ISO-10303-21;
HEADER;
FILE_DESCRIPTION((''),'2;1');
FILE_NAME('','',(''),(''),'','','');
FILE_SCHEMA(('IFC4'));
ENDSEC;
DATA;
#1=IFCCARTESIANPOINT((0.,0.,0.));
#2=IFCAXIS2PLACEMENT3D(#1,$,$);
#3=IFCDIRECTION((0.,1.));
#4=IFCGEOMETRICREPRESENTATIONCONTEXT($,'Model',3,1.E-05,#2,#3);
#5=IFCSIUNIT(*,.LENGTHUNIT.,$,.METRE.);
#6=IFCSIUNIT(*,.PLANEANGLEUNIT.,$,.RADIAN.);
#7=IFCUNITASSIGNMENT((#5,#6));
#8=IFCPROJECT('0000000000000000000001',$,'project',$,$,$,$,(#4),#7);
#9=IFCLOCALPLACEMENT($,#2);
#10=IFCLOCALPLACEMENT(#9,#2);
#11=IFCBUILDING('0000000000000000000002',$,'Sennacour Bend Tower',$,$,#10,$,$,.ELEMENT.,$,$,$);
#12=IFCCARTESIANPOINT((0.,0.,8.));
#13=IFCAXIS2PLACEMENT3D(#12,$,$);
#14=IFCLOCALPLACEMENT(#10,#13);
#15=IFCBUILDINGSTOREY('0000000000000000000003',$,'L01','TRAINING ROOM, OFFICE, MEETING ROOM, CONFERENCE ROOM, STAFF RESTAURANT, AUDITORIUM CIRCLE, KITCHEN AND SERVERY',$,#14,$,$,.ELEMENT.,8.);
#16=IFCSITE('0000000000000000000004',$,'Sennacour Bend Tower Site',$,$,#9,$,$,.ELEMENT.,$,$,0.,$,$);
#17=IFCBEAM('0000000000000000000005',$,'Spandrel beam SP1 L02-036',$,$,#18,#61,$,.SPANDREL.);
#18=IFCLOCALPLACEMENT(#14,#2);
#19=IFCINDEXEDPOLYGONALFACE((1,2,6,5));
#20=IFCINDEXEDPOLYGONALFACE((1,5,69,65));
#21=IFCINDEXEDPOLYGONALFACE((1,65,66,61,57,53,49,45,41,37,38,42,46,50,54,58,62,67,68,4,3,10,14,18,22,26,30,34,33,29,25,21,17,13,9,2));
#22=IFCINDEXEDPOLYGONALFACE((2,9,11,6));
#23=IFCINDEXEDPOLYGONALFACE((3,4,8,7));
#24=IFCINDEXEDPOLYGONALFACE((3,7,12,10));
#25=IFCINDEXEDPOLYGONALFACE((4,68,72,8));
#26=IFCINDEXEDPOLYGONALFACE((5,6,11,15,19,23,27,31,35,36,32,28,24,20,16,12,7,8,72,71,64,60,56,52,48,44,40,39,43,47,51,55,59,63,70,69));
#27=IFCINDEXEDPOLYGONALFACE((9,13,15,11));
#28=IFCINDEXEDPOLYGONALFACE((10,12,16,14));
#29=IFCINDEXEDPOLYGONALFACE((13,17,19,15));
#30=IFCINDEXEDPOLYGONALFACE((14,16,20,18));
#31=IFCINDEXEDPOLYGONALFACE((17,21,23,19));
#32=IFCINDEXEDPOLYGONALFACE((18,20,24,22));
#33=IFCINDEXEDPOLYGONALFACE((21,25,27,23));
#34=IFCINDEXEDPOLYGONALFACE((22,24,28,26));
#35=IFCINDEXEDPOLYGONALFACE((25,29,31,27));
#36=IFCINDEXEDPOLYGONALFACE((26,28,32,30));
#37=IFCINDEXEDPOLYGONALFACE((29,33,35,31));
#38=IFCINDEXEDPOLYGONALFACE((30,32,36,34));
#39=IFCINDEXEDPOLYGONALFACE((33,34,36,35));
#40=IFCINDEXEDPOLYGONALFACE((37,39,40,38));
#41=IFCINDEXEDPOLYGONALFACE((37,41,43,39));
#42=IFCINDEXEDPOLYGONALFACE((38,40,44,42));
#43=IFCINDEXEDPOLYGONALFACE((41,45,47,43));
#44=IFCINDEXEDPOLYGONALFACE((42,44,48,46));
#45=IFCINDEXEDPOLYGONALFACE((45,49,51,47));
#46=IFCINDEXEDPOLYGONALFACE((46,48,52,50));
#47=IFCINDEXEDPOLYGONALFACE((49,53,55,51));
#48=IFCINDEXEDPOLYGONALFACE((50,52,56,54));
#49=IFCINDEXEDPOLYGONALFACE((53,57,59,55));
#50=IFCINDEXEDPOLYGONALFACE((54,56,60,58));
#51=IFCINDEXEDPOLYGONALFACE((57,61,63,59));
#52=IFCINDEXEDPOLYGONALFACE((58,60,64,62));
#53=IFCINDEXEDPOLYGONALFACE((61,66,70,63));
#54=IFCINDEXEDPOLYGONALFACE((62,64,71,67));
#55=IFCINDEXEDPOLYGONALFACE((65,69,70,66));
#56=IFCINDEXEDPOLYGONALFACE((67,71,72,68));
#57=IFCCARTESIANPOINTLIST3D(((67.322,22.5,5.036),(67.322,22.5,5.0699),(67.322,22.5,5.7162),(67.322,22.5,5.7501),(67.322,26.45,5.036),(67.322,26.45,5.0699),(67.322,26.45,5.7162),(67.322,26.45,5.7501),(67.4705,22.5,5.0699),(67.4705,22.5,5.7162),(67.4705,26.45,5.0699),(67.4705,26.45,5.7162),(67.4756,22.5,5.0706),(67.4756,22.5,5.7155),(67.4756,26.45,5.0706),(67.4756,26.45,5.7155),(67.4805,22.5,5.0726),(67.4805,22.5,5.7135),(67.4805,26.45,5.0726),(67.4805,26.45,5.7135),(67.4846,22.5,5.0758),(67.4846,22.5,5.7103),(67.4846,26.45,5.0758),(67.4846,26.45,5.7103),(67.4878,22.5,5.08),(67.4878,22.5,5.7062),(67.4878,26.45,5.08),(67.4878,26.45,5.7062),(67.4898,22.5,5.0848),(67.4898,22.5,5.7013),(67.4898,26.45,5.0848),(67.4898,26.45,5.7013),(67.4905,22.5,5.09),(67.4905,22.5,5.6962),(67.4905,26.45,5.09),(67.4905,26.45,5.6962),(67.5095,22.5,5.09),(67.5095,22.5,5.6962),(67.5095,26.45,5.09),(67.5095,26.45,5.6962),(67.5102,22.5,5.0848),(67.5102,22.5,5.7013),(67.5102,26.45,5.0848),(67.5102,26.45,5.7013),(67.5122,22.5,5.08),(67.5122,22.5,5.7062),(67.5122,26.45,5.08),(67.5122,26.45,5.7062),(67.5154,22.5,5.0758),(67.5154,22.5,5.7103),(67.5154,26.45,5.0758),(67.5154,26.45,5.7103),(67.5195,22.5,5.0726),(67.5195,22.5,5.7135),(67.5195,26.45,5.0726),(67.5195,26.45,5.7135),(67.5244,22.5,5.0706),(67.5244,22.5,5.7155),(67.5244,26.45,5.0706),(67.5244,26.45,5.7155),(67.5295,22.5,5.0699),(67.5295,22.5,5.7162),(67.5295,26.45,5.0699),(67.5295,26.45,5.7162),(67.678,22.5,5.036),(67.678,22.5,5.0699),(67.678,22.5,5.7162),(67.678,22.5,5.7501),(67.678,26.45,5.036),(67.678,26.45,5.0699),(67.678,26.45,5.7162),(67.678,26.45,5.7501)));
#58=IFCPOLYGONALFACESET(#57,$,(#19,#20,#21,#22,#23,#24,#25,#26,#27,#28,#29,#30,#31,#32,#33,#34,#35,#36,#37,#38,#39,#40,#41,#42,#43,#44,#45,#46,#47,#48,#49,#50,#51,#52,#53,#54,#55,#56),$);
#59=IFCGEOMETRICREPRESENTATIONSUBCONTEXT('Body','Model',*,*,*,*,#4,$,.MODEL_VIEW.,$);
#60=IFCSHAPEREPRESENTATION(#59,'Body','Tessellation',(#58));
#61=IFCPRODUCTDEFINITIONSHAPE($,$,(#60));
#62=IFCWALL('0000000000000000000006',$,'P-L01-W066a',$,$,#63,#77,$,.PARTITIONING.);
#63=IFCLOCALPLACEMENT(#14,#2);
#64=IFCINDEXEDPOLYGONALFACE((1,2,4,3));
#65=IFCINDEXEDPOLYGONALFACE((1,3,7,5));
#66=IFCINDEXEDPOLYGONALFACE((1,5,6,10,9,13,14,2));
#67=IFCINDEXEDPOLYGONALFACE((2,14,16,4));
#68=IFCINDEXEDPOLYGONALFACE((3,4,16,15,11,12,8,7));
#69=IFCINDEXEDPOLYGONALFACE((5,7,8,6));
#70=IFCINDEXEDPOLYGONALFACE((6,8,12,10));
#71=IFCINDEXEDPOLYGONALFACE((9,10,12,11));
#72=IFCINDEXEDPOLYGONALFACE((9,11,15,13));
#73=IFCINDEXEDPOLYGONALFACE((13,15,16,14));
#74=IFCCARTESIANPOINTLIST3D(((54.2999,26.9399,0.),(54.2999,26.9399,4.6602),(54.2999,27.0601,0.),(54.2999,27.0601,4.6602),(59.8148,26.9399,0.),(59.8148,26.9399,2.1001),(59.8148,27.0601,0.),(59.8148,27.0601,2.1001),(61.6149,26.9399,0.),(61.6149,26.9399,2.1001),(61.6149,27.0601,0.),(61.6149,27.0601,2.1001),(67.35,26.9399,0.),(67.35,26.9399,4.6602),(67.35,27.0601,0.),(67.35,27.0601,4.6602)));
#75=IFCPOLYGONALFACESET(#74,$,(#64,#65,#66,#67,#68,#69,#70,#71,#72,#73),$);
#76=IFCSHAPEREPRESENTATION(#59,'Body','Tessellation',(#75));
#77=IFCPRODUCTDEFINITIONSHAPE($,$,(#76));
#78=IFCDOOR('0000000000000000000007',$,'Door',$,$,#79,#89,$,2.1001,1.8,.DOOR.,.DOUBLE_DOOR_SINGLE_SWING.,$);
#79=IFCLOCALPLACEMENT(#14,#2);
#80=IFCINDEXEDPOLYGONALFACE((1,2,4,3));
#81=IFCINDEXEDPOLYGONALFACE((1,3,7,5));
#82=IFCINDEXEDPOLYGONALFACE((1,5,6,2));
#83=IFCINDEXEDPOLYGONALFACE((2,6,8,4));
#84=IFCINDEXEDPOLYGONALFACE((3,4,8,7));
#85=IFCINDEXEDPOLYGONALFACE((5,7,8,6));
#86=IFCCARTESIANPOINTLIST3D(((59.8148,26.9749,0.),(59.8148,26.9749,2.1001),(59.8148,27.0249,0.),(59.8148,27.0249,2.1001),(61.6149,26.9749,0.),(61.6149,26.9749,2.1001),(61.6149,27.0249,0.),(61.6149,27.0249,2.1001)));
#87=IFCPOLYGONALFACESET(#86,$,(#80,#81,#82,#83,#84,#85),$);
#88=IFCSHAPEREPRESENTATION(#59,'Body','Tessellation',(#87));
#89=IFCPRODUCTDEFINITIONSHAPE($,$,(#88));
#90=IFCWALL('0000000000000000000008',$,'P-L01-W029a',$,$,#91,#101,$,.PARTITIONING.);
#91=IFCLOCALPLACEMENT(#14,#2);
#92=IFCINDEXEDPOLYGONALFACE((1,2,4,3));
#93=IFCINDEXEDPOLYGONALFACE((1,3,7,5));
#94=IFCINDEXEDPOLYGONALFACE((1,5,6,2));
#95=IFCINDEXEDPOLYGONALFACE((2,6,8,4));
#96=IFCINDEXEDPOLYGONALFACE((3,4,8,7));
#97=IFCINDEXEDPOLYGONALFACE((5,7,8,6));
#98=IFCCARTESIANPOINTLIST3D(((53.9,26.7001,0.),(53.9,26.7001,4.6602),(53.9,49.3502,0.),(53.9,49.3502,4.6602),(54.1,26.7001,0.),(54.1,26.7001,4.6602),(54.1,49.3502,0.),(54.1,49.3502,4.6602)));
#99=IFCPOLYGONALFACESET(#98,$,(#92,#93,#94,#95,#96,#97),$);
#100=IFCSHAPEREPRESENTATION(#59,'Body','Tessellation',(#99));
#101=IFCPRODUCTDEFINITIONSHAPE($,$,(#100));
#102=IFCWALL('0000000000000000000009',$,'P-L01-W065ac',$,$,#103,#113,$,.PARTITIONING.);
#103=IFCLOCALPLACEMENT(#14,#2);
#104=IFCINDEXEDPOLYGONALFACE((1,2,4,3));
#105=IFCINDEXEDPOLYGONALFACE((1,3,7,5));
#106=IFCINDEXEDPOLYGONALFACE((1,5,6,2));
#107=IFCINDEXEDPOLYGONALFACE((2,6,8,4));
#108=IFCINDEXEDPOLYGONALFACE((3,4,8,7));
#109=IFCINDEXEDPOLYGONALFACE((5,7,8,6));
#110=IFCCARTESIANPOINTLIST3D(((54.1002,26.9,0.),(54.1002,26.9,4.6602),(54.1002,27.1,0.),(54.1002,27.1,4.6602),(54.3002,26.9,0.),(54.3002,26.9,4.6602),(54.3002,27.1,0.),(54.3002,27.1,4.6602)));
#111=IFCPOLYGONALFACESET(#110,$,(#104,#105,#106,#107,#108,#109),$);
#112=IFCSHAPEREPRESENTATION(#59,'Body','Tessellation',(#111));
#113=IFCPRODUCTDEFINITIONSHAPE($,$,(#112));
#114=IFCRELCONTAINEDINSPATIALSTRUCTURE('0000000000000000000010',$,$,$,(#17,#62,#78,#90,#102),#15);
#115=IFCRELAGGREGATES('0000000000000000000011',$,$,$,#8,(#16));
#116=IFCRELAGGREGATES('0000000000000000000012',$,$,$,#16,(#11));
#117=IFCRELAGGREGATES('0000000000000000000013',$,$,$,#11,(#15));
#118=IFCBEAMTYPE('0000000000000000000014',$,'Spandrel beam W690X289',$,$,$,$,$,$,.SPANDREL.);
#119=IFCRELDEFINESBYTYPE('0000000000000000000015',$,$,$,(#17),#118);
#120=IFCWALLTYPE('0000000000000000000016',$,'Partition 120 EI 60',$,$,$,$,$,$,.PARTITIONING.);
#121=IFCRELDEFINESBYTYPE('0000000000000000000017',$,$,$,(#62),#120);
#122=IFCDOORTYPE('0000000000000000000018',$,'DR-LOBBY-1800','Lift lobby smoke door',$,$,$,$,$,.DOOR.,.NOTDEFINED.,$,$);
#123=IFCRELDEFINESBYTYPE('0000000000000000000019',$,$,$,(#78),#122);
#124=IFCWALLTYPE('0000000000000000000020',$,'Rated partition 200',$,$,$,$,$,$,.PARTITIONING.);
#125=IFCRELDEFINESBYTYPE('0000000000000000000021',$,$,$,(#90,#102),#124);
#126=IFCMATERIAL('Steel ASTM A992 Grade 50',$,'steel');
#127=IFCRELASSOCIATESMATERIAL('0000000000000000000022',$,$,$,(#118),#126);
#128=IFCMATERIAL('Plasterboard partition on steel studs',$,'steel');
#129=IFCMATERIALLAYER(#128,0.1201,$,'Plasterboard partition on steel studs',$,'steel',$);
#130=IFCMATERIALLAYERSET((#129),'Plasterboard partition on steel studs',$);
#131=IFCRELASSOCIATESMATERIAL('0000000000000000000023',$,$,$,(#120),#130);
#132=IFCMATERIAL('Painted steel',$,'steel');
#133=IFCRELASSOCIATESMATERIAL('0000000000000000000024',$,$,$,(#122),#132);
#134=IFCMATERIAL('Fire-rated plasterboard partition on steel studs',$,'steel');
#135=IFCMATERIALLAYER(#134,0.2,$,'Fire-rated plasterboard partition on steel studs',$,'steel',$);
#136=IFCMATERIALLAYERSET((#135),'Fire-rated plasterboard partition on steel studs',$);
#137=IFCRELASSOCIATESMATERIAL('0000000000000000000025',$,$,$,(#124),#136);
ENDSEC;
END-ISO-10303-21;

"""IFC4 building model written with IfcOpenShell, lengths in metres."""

from ifc_helpers import new_model, si_unit, direction, frame, frame_2d, origin, origin_2d, place, context, subcontext, project, spatial, rectangle, i_section, extrude, material, layer, layer_set, material_profile, profile_set, type_object, element, fill, save


model = new_model("IFC4")

# Units and contexts
model_context = context("Model", 3, precision=1e-05, world=origin(), true_north=direction((0.0, 1.0)))
body_context = subcontext(model_context, "Body", "Model", "MODEL_VIEW")
ifc_project = project(units=[si_unit("LENGTHUNIT", "METRE"), si_unit("PLANEANGLEUNIT", "RADIAN")], contexts=[model_context])

# Site, building, storey
site_placement = place(None, origin())
site = spatial("IfcSite", under=ifc_project, at=site_placement, Name="Sennacour Bend Tower Site", CompositionType="ELEMENT", RefElevation=0.0)
building_placement = place(site_placement, origin())
building = spatial("IfcBuilding", under=site, at=building_placement, Name="Sennacour Bend Tower", CompositionType="ELEMENT")
storey_placement = place(building_placement, frame((0.0, 0.0, 8.0)))
storey = spatial("IfcBuildingStorey", under=building, at=storey_placement, Name="L01", Description="TRAINING ROOM, OFFICE, MEETING ROOM, CONFERENCE ROOM, STAFF RESTAURANT, AUDITORIUM CIRCLE, KITCHEN AND SERVERY", CompositionType="ELEMENT", Elevation=8.0)

# Beam
ifc_material_1 = material(Name="Steel ASTM A992 Grade 50", Category="steel")
ifc_material_profile_1 = material_profile(ifc_material_1, i_section(OverallWidth=0.356, OverallDepth=0.7141, WebThickness=0.019, FlangeThickness=0.0339, FilletRadius=0.02, at=origin_2d()), Name="Steel ASTM A992 Grade 50", Category="steel")
ifc_profile_set_1 = profile_set([ifc_material_profile_1], Name="Steel ASTM A992 Grade 50")
beam_type_1 = type_object("IfcBeamType", Name="Spandrel beam W690X289", PredefinedType="SPANDREL", material=ifc_profile_set_1)
beam_1_placement = place(storey_placement, frame((67.5, 22.5, 5.3931), z_axis=(0.0, 1.0, 0.0), x_axis=(-1.0, 0.0, 0.0)))
element("IfcBeam", 1, at=beam_1_placement, inside=storey, type_object=beam_type_1, Name="Spandrel beam SP1 L02-036", PredefinedType="SPANDREL", context=body_context, shape_type="SweptSolid", body=[
    extrude(i_section(OverallWidth=0.356, OverallDepth=0.7141, WebThickness=0.019, FlangeThickness=0.0339, FilletRadius=0.02, at=origin_2d()), origin(), (0.0, 0.0, 1.0), 3.95),
])

# Wall, opening, door
ifc_material_2 = material(Name="Plasterboard partition on steel studs", Category="steel")
ifc_layer_1 = layer(ifc_material_2, 0.1201, Name="Plasterboard partition on steel studs", Category="steel")
ifc_layer_set_1 = layer_set([ifc_layer_1], Name="Plasterboard partition on steel studs")
wall_type_1 = type_object("IfcWallType", Name="Partition 120 EI 60", PredefinedType="PARTITIONING", material=ifc_layer_set_1)
wall_1_placement = place(storey_placement, frame((54.3, 27.0, 0.0), z_axis=(0.0, 0.0, 1.0), x_axis=(1.0, 0.0, 0.0)))
wall_1 = element("IfcWall", 2, at=wall_1_placement, inside=storey, type_object=wall_type_1, Name="P-L01-W066a", PredefinedType="PARTITIONING", context=body_context, shape_type="SweptSolid", body=[
    extrude(rectangle(XDim=13.05, YDim=0.1201, at=frame_2d((6.5249, 0.0))), origin(), (0.0, 0.0, 1.0), 4.6602),
])
opening_placement = place(wall_1_placement, frame((5.5149, 0.0, 0.0)))
opening = element("IfcOpeningElement", 3, at=opening_placement, cuts=wall_1, PredefinedType="OPENING", context=body_context, shape_type="SweptSolid", body=[
    extrude(rectangle(XDim=1.8, YDim=2.1001, at=frame_2d((0.8999, 1.05))), frame((0.0, 0.0701, 0.0), z_axis=(0.0, -1.0, 0.0), x_axis=(1.0, 0.0, 0.0)), (0.0, 0.0, 1.0), 0.1401),
])
ifc_material_3 = material(Name="Painted steel", Category="steel")
door_type = type_object("IfcDoorType", Name="DR-LOBBY-1800", Description="Lift lobby smoke door", OperationType="NOTDEFINED", PredefinedType="DOOR", material=ifc_material_3)
door_placement = place(opening_placement, origin())
door = element("IfcDoor", 4, at=door_placement, inside=storey, type_object=door_type, Name="Door", OperationType="DOUBLE_DOOR_SINGLE_SWING", OverallHeight=2.1001, OverallWidth=1.8, PredefinedType="DOOR", context=body_context, shape_type="SweptSolid", body=[
    extrude(rectangle(XDim=1.8, YDim=2.1001, at=frame_2d((0.8999, 1.05))), frame((0.0, 0.0249, 0.0), z_axis=(0.0, -1.0, 0.0), x_axis=(1.0, 0.0, 0.0)), (0.0, 0.0, 1.0), 0.05),
])
fill(opening, door)

# Walls
ifc_material_4 = material(Name="Fire-rated plasterboard partition on steel studs", Category="steel")
ifc_layer_2 = layer(ifc_material_4, 0.2, Name="Fire-rated plasterboard partition on steel studs", Category="steel")
ifc_layer_set_2 = layer_set([ifc_layer_2], Name="Fire-rated plasterboard partition on steel studs")
wall_type_2 = type_object("IfcWallType", Name="Rated partition 200", PredefinedType="PARTITIONING", material=ifc_layer_set_2)
wall_2_placement = place(storey_placement, frame((54.0, 26.7, 0.0), z_axis=(0.0, 0.0, 1.0), x_axis=(0.0, 1.0, 0.0)))
element("IfcWall", 5, at=wall_2_placement, inside=storey, type_object=wall_type_2, Name="P-L01-W029a", PredefinedType="PARTITIONING", context=body_context, shape_type="SweptSolid", body=[
    extrude(rectangle(XDim=22.6501, YDim=0.2, at=frame_2d((11.3252, 0.0))), origin(), (0.0, 0.0, 1.0), 4.6602),
])
wall_3_placement = place(storey_placement, frame((54.1001, 27.0, 0.0), z_axis=(0.0, 0.0, 1.0), x_axis=(1.0, 0.0, 0.0)))
element("IfcWall", 6, at=wall_3_placement, inside=storey, type_object=wall_type_2, Name="P-L01-W065ac", PredefinedType="PARTITIONING", context=body_context, shape_type="SweptSolid", body=[
    extrude(rectangle(XDim=0.2, YDim=0.2, at=frame_2d((0.1001, 0.0))), origin(), (0.0, 0.0, 1.0), 4.6602),
])

save(model, "model.ifc")
